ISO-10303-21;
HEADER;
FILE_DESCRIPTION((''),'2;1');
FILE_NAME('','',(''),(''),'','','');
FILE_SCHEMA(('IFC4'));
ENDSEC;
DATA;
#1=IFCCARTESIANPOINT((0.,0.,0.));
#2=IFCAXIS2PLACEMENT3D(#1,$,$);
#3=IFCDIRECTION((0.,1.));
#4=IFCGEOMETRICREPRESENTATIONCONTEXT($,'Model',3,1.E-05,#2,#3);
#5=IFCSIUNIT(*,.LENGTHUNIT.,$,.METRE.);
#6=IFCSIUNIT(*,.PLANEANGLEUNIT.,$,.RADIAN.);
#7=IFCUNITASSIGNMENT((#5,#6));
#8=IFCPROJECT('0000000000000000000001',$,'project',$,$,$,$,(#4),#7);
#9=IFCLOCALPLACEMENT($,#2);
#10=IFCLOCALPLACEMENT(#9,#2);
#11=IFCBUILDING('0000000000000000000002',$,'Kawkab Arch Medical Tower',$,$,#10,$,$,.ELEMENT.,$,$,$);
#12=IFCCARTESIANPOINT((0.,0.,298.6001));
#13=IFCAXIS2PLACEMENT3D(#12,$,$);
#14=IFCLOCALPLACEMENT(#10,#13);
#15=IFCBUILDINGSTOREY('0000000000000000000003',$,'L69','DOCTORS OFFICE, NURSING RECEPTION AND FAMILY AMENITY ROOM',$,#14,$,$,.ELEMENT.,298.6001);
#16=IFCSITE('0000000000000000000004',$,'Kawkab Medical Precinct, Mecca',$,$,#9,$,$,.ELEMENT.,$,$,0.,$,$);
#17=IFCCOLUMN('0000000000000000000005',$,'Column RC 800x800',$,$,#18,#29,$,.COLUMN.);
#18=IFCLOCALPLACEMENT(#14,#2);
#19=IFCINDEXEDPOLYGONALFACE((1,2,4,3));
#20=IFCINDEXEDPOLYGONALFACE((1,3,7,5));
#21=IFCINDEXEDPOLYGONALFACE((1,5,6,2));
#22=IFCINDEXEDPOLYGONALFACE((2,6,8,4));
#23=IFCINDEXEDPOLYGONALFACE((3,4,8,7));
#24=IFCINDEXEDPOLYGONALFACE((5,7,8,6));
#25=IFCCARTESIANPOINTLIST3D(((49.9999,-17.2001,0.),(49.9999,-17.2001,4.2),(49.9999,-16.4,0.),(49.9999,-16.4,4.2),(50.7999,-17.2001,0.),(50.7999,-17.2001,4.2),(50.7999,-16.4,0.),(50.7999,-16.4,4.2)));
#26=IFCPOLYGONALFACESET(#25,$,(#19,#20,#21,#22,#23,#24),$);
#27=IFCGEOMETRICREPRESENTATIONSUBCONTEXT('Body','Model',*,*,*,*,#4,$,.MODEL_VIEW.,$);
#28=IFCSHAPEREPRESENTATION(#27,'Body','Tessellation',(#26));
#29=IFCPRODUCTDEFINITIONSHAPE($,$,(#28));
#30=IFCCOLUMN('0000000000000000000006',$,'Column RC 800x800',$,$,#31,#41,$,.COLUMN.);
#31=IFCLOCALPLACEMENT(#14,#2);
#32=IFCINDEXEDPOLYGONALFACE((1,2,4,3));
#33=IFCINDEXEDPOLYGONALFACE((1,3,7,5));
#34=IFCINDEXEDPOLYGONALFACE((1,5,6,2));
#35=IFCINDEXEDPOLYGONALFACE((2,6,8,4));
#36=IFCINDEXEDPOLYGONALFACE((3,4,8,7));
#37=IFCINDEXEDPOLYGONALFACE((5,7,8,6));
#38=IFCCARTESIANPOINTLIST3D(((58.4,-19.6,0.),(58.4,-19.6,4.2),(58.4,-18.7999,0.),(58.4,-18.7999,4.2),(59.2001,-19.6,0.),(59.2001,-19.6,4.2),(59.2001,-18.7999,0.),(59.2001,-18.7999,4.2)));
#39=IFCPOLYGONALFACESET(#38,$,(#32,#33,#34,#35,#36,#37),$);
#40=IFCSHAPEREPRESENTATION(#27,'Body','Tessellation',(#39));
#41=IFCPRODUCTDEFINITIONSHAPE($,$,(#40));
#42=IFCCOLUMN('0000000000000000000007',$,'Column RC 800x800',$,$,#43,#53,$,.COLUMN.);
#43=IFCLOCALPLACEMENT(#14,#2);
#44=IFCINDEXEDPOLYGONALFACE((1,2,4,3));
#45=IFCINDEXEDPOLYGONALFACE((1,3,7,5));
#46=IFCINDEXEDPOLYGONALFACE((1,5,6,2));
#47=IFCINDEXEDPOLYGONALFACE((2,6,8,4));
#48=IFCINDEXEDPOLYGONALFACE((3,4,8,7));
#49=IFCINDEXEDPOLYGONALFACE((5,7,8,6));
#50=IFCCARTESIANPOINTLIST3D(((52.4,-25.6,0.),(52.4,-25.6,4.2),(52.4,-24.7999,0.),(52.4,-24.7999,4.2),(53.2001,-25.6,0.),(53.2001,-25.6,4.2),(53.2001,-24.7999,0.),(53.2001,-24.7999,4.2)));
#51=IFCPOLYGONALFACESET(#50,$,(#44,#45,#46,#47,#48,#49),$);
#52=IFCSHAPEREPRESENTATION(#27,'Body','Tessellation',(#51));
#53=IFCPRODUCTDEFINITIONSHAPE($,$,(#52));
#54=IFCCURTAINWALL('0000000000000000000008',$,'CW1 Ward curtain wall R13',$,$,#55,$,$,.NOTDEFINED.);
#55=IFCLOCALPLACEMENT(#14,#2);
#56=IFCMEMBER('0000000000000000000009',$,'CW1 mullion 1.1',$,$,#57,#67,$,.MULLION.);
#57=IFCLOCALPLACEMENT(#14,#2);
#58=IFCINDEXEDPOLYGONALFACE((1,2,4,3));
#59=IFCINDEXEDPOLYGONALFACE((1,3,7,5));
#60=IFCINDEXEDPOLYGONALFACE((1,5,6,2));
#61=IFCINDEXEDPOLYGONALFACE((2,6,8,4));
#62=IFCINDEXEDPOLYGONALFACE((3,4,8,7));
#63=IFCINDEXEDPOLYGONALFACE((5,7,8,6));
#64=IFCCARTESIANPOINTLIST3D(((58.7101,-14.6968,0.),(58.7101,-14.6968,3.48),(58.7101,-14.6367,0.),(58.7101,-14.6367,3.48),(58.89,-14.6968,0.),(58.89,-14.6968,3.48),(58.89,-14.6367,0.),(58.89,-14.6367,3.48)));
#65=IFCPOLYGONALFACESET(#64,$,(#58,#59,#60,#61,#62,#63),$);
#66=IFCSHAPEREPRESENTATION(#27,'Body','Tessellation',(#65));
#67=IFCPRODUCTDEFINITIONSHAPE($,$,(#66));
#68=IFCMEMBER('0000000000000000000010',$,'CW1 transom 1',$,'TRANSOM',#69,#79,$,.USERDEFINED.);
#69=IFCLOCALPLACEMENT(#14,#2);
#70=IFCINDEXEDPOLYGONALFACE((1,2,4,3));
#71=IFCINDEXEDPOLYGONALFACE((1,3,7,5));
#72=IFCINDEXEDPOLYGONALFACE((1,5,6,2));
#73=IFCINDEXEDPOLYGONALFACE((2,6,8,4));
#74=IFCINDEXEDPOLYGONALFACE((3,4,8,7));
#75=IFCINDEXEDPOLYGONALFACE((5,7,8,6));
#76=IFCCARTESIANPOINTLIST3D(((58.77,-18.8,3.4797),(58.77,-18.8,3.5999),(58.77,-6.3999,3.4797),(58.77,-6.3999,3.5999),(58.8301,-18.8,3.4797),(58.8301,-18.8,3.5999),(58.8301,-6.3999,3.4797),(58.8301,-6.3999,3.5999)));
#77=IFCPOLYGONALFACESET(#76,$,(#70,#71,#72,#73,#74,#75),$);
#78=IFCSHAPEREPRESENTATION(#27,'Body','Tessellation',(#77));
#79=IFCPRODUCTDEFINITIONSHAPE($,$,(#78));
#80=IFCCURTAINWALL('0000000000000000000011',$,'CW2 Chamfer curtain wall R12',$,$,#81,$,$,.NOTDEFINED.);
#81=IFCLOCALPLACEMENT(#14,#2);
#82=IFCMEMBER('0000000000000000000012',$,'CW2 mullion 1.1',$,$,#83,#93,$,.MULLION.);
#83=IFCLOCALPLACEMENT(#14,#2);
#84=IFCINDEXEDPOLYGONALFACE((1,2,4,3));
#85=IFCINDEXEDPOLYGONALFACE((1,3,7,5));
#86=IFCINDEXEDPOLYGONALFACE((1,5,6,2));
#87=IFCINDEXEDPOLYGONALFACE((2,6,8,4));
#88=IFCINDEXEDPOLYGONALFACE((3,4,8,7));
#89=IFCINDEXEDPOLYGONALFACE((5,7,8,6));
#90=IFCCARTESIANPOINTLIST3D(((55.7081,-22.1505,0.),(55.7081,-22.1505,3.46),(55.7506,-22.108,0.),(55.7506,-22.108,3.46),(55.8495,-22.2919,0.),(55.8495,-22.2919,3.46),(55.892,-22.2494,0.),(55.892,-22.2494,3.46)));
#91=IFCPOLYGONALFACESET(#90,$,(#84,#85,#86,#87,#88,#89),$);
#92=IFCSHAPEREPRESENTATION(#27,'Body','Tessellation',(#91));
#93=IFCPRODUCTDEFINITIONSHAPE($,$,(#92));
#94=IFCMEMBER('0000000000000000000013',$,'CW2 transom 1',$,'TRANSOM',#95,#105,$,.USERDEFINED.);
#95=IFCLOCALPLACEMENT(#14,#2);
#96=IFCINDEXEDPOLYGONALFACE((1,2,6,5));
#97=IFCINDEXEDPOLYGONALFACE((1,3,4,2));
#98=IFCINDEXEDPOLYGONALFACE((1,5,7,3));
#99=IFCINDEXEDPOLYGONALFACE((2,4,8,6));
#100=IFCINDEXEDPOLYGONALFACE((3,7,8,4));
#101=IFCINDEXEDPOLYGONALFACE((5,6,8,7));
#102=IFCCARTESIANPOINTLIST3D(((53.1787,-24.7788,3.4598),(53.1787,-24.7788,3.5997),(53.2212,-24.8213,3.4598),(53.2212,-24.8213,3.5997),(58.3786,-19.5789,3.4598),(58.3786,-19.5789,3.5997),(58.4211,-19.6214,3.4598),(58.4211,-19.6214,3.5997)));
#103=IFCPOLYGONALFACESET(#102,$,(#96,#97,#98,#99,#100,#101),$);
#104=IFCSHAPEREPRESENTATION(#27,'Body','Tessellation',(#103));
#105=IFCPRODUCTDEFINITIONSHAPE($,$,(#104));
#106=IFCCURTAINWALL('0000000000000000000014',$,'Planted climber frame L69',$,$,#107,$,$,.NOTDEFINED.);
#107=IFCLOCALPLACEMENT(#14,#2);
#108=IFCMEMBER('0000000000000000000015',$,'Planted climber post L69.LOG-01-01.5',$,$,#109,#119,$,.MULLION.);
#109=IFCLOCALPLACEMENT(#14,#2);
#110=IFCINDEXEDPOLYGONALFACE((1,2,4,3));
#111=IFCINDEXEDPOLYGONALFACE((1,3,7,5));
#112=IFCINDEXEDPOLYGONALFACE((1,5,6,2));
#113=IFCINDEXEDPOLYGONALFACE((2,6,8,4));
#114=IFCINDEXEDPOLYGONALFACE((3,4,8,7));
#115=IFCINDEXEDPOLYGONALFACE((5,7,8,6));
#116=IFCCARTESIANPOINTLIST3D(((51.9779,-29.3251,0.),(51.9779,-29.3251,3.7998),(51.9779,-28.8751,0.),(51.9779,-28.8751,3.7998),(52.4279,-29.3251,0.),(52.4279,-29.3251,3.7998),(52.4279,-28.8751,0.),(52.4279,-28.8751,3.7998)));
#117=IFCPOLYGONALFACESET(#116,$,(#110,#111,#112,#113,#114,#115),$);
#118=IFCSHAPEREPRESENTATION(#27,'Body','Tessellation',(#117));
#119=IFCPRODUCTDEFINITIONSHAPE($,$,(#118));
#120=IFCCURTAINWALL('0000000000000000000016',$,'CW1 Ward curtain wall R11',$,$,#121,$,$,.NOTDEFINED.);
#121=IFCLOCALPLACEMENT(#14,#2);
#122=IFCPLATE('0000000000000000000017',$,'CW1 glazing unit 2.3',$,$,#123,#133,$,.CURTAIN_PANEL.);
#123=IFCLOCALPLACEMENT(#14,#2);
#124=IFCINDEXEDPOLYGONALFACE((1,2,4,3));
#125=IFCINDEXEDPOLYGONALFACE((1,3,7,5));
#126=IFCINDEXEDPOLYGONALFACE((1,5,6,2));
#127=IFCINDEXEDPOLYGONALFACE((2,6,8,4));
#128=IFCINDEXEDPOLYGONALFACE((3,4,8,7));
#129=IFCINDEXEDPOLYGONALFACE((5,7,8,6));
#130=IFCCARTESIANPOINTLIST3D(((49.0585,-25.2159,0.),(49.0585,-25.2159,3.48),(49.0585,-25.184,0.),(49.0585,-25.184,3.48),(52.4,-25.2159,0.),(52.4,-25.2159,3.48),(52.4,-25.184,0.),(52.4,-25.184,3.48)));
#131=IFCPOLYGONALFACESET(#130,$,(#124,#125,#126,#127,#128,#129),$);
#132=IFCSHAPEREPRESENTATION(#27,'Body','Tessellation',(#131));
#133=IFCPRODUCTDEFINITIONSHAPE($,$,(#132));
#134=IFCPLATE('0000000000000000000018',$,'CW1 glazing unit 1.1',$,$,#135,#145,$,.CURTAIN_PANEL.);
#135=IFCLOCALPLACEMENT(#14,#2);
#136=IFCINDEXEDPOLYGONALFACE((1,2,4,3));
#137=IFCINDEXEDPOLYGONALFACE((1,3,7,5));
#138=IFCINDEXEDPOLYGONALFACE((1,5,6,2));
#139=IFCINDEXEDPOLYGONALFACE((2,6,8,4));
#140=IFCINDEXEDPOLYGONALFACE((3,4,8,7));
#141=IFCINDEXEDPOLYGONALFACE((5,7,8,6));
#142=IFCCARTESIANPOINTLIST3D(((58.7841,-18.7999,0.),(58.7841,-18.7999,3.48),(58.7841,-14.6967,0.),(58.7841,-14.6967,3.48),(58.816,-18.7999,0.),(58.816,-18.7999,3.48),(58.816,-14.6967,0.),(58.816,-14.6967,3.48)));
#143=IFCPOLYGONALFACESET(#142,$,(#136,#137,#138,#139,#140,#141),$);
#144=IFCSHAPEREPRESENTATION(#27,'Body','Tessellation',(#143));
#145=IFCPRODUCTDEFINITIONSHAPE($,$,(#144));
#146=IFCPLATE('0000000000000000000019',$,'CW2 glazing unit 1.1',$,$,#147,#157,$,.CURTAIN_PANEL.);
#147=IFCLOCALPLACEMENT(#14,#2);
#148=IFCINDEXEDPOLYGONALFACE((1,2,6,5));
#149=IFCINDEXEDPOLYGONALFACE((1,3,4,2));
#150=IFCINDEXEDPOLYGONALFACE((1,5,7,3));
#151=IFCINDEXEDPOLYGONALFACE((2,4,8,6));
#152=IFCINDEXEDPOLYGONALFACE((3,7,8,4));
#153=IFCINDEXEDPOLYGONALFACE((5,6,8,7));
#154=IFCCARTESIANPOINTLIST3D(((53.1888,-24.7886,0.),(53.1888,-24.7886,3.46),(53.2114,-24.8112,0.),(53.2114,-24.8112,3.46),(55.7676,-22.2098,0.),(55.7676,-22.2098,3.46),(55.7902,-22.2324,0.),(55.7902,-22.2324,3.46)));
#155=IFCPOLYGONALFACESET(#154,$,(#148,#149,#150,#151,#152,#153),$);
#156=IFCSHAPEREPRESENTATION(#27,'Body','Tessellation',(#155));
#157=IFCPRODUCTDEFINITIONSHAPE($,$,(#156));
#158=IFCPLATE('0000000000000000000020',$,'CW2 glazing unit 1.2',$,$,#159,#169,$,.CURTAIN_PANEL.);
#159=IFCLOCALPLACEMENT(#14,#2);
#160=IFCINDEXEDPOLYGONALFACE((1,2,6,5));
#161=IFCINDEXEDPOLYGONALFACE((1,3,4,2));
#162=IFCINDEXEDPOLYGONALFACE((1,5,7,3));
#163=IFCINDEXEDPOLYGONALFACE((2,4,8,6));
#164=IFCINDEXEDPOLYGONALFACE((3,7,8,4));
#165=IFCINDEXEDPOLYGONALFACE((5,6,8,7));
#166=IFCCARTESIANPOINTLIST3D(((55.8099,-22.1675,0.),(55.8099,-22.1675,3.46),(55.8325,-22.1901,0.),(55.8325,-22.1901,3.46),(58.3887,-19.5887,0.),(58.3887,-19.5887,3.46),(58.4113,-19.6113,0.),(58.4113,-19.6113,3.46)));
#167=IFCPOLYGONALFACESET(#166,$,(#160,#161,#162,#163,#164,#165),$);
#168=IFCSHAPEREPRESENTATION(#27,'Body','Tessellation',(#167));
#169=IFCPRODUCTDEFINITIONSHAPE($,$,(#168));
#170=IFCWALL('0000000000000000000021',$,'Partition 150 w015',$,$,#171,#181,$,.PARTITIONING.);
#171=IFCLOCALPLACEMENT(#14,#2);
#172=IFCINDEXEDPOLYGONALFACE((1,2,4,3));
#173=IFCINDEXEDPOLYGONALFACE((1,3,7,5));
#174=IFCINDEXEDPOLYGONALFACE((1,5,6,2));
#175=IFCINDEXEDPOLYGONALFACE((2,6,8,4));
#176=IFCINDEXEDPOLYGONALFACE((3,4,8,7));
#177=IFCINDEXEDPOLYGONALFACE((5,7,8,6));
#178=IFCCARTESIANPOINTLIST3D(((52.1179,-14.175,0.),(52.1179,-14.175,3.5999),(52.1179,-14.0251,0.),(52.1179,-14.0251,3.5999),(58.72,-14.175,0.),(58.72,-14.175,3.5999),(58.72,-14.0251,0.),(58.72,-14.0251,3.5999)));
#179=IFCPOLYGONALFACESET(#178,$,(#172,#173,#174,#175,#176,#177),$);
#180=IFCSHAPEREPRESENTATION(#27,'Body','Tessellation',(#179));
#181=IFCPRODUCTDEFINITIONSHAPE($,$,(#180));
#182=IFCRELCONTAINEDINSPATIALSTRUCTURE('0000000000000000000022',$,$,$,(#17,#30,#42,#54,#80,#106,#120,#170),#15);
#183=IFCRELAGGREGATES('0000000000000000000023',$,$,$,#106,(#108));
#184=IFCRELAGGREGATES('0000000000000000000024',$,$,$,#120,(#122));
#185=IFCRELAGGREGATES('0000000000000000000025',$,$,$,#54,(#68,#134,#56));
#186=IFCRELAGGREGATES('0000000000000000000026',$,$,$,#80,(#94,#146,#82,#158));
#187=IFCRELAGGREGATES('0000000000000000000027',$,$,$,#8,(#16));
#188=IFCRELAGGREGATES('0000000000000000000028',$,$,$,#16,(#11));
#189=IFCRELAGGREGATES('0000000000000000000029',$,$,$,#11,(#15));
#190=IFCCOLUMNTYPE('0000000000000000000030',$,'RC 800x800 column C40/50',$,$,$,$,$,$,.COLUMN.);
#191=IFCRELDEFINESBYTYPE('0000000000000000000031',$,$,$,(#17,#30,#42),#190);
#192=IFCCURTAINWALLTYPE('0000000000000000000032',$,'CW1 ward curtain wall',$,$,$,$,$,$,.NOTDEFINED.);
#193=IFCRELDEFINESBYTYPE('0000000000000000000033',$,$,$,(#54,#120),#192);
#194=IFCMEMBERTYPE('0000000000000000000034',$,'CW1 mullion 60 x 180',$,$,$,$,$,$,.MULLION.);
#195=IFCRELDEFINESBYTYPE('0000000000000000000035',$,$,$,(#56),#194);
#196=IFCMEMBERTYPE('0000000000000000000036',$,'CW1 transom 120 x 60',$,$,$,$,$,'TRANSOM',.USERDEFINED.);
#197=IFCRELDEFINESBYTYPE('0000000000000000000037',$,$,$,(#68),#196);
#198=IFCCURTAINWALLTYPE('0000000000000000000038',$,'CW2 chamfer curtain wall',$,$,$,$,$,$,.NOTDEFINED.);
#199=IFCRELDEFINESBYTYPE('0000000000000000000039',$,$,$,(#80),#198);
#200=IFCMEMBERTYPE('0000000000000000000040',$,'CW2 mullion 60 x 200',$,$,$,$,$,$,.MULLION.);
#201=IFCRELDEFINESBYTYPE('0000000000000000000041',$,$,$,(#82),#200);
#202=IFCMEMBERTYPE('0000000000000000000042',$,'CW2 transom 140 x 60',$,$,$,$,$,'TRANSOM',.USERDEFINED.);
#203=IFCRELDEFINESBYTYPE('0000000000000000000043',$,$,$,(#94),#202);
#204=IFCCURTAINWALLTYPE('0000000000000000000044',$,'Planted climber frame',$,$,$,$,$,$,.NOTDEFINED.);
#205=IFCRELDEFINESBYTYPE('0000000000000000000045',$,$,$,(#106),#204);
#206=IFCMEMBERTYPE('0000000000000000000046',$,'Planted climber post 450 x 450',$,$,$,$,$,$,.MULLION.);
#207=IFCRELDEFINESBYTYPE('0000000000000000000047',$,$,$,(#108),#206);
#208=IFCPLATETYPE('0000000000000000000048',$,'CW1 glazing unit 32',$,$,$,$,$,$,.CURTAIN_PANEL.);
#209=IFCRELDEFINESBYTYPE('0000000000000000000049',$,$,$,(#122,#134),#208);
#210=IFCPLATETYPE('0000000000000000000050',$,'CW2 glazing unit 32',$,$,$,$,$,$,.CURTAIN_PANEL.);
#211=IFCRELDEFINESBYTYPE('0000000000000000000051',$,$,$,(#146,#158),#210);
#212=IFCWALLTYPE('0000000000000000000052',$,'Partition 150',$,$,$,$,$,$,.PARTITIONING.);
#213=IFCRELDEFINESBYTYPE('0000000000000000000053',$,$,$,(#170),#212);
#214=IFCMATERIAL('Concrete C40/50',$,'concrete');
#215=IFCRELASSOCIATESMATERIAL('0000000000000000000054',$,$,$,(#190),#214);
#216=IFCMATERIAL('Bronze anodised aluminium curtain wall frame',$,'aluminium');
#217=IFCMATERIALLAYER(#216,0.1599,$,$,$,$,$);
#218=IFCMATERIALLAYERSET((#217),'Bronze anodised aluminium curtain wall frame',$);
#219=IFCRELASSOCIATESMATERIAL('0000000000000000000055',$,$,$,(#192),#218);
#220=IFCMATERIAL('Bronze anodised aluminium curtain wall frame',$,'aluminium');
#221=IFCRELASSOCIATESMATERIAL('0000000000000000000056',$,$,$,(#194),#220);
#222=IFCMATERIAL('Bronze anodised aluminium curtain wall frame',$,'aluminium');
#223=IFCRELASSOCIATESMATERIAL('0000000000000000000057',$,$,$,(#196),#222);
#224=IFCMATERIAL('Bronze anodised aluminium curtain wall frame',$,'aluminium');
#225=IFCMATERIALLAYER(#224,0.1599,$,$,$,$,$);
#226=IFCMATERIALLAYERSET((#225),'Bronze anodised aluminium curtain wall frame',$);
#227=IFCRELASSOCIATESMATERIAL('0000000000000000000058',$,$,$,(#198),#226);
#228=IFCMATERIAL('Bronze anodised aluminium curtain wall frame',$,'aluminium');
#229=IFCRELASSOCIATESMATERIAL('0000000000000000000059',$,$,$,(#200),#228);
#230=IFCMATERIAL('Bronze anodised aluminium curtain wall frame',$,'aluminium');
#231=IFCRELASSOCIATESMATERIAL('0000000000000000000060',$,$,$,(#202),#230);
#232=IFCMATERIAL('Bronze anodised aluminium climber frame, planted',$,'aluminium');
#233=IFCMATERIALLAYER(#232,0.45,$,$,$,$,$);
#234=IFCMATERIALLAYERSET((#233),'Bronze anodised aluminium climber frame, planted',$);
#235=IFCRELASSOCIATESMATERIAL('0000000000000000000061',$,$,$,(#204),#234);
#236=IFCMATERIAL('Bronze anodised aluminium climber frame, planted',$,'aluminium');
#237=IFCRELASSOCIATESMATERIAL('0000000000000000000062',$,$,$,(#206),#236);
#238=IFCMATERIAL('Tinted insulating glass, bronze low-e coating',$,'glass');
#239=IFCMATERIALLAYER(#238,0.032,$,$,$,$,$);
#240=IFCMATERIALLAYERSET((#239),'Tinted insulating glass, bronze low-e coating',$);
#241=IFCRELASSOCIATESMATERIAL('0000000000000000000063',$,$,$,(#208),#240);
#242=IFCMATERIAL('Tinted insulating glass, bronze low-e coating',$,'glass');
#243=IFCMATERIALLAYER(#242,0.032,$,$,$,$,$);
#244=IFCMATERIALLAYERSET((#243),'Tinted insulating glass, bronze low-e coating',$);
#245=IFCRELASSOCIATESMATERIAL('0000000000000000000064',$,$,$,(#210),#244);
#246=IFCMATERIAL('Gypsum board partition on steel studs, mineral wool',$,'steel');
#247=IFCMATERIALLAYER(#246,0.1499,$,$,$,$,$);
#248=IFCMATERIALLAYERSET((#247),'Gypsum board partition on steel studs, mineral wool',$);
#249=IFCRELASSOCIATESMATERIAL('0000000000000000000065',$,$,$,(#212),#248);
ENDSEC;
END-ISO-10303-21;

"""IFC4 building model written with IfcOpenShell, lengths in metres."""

from ifc_helpers import new_model, si_unit, direction, frame, frame_2d, origin, origin_2d, place, context, subcontext, project, spatial, rectangle, extrude, material, layer, layer_set, material_profile, profile_set, type_object, element, aggregate, save


model = new_model("IFC4")

# Units and contexts
model_context = context("Model", 3, precision=1e-05, world=origin(), true_north=direction((0.0, 1.0)))
body_context = subcontext(model_context, "Body", "Model", "MODEL_VIEW")
ifc_project = project(units=[si_unit("LENGTHUNIT", "METRE"), si_unit("PLANEANGLEUNIT", "RADIAN")], contexts=[model_context])

# Site, building, storey
site_placement = place(None, origin())
site = spatial("IfcSite", under=ifc_project, at=site_placement, Name="Kawkab Medical Precinct, Mecca", CompositionType="ELEMENT", RefElevation=0.0)
building_placement = place(site_placement, origin())
building = spatial("IfcBuilding", under=site, at=building_placement, Name="Kawkab Arch Medical Tower", CompositionType="ELEMENT")
storey_placement = place(building_placement, frame((0.0, 0.0, 298.6001)))
storey = spatial("IfcBuildingStorey", under=building, at=storey_placement, Name="L69", Description="DOCTORS OFFICE, NURSING RECEPTION AND FAMILY AMENITY ROOM", CompositionType="ELEMENT", Elevation=298.6001)

# Columns
ifc_material_1 = material(Name="Concrete C40/50", Category="concrete")
ifc_material_profile_1 = material_profile(ifc_material_1, rectangle(XDim=0.8, YDim=0.8, at=origin_2d()), Name="RC 800x800")
ifc_profile_set_1 = profile_set([ifc_material_profile_1], Name="Concrete C40/50")
column_type = type_object("IfcColumnType", Name="RC 800x800 column C40/50", PredefinedType="COLUMN", material=ifc_profile_set_1)
for number, where, z_axis, x_axis, name in (
    (1, (50.3999, -16.8, 0.0), (0.0, 0.0, 1.0), (1.0, 0.0, 0.0), "Column RC 800x800"),
    (2, (58.8, -19.2, 0.0), (0.0, 0.0, 1.0), (1.0, 0.0, 0.0), "Column RC 800x800"),
    (3, (52.8, -25.2, 0.0), (0.0, 0.0, 1.0), (1.0, 0.0, 0.0), "Column RC 800x800"),
):
    element("IfcColumn", number, at=place(storey_placement, frame(where, z_axis=z_axis, x_axis=x_axis)), inside=storey, type_object=column_type, Name=name, PredefinedType="COLUMN", context=body_context, shape_type="SweptSolid", body=[
        extrude(rectangle(XDim=0.8, YDim=0.8, at=origin_2d()), origin(), (0.0, 0.0, 1.0), 4.2),
    ])

# Curtain walls, members
ifc_material_2 = material(Name="Bronze anodised aluminium curtain wall frame", Category="aluminium")
ifc_layer_1 = layer(ifc_material_2, 0.1599)
ifc_layer_set_1 = layer_set([ifc_layer_1], Name="Bronze anodised aluminium curtain wall frame")
curtain_wall_type_1 = type_object("IfcCurtainWallType", Name="CW1 ward curtain wall", PredefinedType="NOTDEFINED", material=ifc_layer_set_1)
placement = place(storey_placement, origin())
curtain_wall_1 = element("IfcCurtainWall", 4, at=placement, inside=storey, type_object=curtain_wall_type_1, Name="CW1 Ward curtain wall R13", PredefinedType="NOTDEFINED")
ifc_material_3 = material(Name="Bronze anodised aluminium curtain wall frame", Category="aluminium")
ifc_material_profile_2 = material_profile(ifc_material_3, rectangle(XDim=0.1799, YDim=0.0601, at=origin_2d()), Name="AL 60x180")
ifc_profile_set_2 = profile_set([ifc_material_profile_2], Name="Bronze anodised aluminium curtain wall frame")
member_type_1 = type_object("IfcMemberType", Name="CW1 mullion 60 x 180", PredefinedType="MULLION", material=ifc_profile_set_2)
member_1_placement = place(storey_placement, frame((58.8, -14.6667, 0.0), z_axis=(0.0, 0.0, 1.0), x_axis=(-1.0, 0.0, 0.0)))
member_1 = element("IfcMember", 5, at=member_1_placement, type_object=member_type_1, Name="CW1 mullion 1.1", PredefinedType="MULLION", context=body_context, shape_type="SweptSolid", body=[
    extrude(rectangle(XDim=0.1799, YDim=0.0601, at=origin_2d()), origin(), (0.0, 0.0, 1.0), 3.48),
])
ifc_material_4 = material(Name="Bronze anodised aluminium curtain wall frame", Category="aluminium")
ifc_material_profile_3 = material_profile(ifc_material_4, rectangle(XDim=0.0601, YDim=0.1201, at=origin_2d()), Name="AL 60x120")
ifc_profile_set_3 = profile_set([ifc_material_profile_3], Name="Bronze anodised aluminium curtain wall frame")
member_type_2 = type_object("IfcMemberType", Name="CW1 transom 120 x 60", ElementType="TRANSOM", PredefinedType="USERDEFINED", material=ifc_profile_set_3)
member_2_placement = place(storey_placement, frame((58.8, -18.8, 3.5398), z_axis=(0.0, 1.0, 0.0), x_axis=(-1.0, 0.0, 0.0)))
member_2 = element("IfcMember", 6, at=member_2_placement, type_object=member_type_2, Name="CW1 transom 1", ObjectType="TRANSOM", PredefinedType="USERDEFINED", context=body_context, shape_type="SweptSolid", body=[
    extrude(rectangle(XDim=0.0601, YDim=0.1201, at=origin_2d()), origin(), (0.0, 0.0, 1.0), 12.4001),
])
ifc_material_5 = material(Name="Bronze anodised aluminium curtain wall frame", Category="aluminium")
ifc_layer_2 = layer(ifc_material_5, 0.1599)
ifc_layer_set_2 = layer_set([ifc_layer_2], Name="Bronze anodised aluminium curtain wall frame")
curtain_wall_type_2 = type_object("IfcCurtainWallType", Name="CW2 chamfer curtain wall", PredefinedType="NOTDEFINED", material=ifc_layer_set_2)
curtain_wall_2 = element("IfcCurtainWall", 7, at=placement, inside=storey, type_object=curtain_wall_type_2, Name="CW2 Chamfer curtain wall R12", PredefinedType="NOTDEFINED")
ifc_material_6 = material(Name="Bronze anodised aluminium curtain wall frame", Category="aluminium")
ifc_material_profile_4 = material_profile(ifc_material_6, rectangle(XDim=0.2, YDim=0.0601, at=origin_2d()), Name="AL 60x200")
ifc_profile_set_4 = profile_set([ifc_material_profile_4], Name="Bronze anodised aluminium curtain wall frame")
member_type_3 = type_object("IfcMemberType", Name="CW2 mullion 60 x 200", PredefinedType="MULLION", material=ifc_profile_set_4)
member_3_placement = place(storey_placement, frame((55.8, -22.2, 0.0), z_axis=(0.0, 0.0, 1.0), x_axis=(-0.707107, 0.707107, 0.0)))
member_3 = element("IfcMember", 8, at=member_3_placement, type_object=member_type_3, Name="CW2 mullion 1.1", PredefinedType="MULLION", context=body_context, shape_type="SweptSolid", body=[
    extrude(rectangle(XDim=0.2, YDim=0.0601, at=origin_2d()), origin(), (0.0, 0.0, 1.0), 3.46),
])
ifc_material_7 = material(Name="Bronze anodised aluminium curtain wall frame", Category="aluminium")
ifc_material_profile_5 = material_profile(ifc_material_7, rectangle(XDim=0.0601, YDim=0.1399, at=origin_2d()), Name="AL 60x140")
ifc_profile_set_5 = profile_set([ifc_material_profile_5], Name="Bronze anodised aluminium curtain wall frame")
member_type_4 = type_object("IfcMemberType", Name="CW2 transom 140 x 60", ElementType="TRANSOM", PredefinedType="USERDEFINED", material=ifc_profile_set_5)
member_4_placement = place(storey_placement, frame((53.2, -24.8, 3.5298), z_axis=(0.707107, 0.707107, 0.0), x_axis=(-0.707107, 0.707107, 0.0)))
member_4 = element("IfcMember", 9, at=member_4_placement, type_object=member_type_4, Name="CW2 transom 1", ObjectType="TRANSOM", PredefinedType="USERDEFINED", context=body_context, shape_type="SweptSolid", body=[
    extrude(rectangle(XDim=0.0601, YDim=0.1399, at=origin_2d()), origin(), (0.0, 0.0, 1.0), 7.3538),
])

# Curtain wall, member
ifc_material_8 = material(Name="Bronze anodised aluminium climber frame, planted", Category="aluminium")
ifc_layer_3 = layer(ifc_material_8, 0.45)
ifc_layer_set_3 = layer_set([ifc_layer_3], Name="Bronze anodised aluminium climber frame, planted")
curtain_wall_type_3 = type_object("IfcCurtainWallType", Name="Planted climber frame", PredefinedType="NOTDEFINED", material=ifc_layer_set_3)
curtain_wall_3 = element("IfcCurtainWall", 10, at=placement, inside=storey, type_object=curtain_wall_type_3, Name="Planted climber frame L69", PredefinedType="NOTDEFINED")
ifc_material_9 = material(Name="Bronze anodised aluminium climber frame, planted", Category="aluminium")
ifc_material_profile_6 = material_profile(ifc_material_9, rectangle(XDim=0.45, YDim=0.45, at=origin_2d()), Name="Post 450x450")
ifc_profile_set_6 = profile_set([ifc_material_profile_6], Name="Bronze anodised aluminium climber frame, planted")
member_type_5 = type_object("IfcMemberType", Name="Planted climber post 450 x 450", PredefinedType="MULLION", material=ifc_profile_set_6)
member_5_placement = place(storey_placement, frame((52.2029, -29.1001, 0.0), z_axis=(0.0, 0.0, 1.0), x_axis=(1.0, 0.0, 0.0)))
member_5 = element("IfcMember", 11, at=member_5_placement, type_object=member_type_5, Name="Planted climber post L69.LOG-01-01.5", PredefinedType="MULLION", context=body_context, shape_type="SweptSolid", body=[
    extrude(rectangle(XDim=0.45, YDim=0.45, at=origin_2d()), origin(), (0.0, 0.0, 1.0), 3.7998),
])
aggregate(curtain_wall_3, [member_5])

# Curtain wall, plate
curtain_wall_4 = element("IfcCurtainWall", 12, at=placement, inside=storey, type_object=curtain_wall_type_1, Name="CW1 Ward curtain wall R11", PredefinedType="NOTDEFINED")
ifc_material_10 = material(Name="Tinted insulating glass, bronze low-e coating", Category="glass")
ifc_layer_4 = layer(ifc_material_10, 0.032)
ifc_layer_set_4 = layer_set([ifc_layer_4], Name="Tinted insulating glass, bronze low-e coating")
plate_type_1 = type_object("IfcPlateType", Name="CW1 glazing unit 32", PredefinedType="CURTAIN_PANEL", material=ifc_layer_set_4)
plate_1_placement = place(storey_placement, frame((50.7292, -25.2, 0.0), z_axis=(0.0, 0.0, 1.0), x_axis=(1.0, 0.0, 0.0)))
plate_1 = element("IfcPlate", 13, at=plate_1_placement, type_object=plate_type_1, Name="CW1 glazing unit 2.3", PredefinedType="CURTAIN_PANEL", context=body_context, shape_type="SweptSolid", body=[
    extrude(rectangle(XDim=3.3416, YDim=0.032, at=origin_2d()), origin(), (0.0, 0.0, 1.0), 3.48),
])
aggregate(curtain_wall_4, [plate_1])

# Plates
plate_2_placement = place(storey_placement, frame((58.8, -16.7483, 0.0), z_axis=(0.0, 0.0, 1.0), x_axis=(0.0, 1.0, 0.0)))
plate_2 = element("IfcPlate", 14, at=plate_2_placement, type_object=plate_type_1, Name="CW1 glazing unit 1.1", PredefinedType="CURTAIN_PANEL", context=body_context, shape_type="SweptSolid", body=[
    extrude(rectangle(XDim=4.1033, YDim=0.032, at=origin_2d()), origin(), (0.0, 0.0, 1.0), 3.48),
])
aggregate(curtain_wall_1, [member_2, plate_2, member_1])
ifc_material_11 = material(Name="Tinted insulating glass, bronze low-e coating", Category="glass")
ifc_layer_5 = layer(ifc_material_11, 0.032)
ifc_layer_set_5 = layer_set([ifc_layer_5], Name="Tinted insulating glass, bronze low-e coating")
plate_type_2 = type_object("IfcPlateType", Name="CW2 glazing unit 32", PredefinedType="CURTAIN_PANEL", material=ifc_layer_set_5)
plate_3_placement = place(storey_placement, frame((54.4895, -23.5105, 0.0), z_axis=(0.0, 0.0, 1.0), x_axis=(0.707107, 0.707107, 0.0)))
plate_3 = element("IfcPlate", 15, at=plate_3_placement, type_object=plate_type_2, Name="CW2 glazing unit 1.1", PredefinedType="CURTAIN_PANEL", context=body_context, shape_type="SweptSolid", body=[
    extrude(rectangle(XDim=3.647, YDim=0.032, at=origin_2d()), origin(), (0.0, 0.0, 1.0), 3.46),
])
plate_4_placement = place(storey_placement, frame((57.1106, -20.8894, 0.0), z_axis=(0.0, 0.0, 1.0), x_axis=(0.707107, 0.707107, 0.0)))
plate_4 = element("IfcPlate", 16, at=plate_4_placement, type_object=plate_type_2, Name="CW2 glazing unit 1.2", PredefinedType="CURTAIN_PANEL", context=body_context, shape_type="SweptSolid", body=[
    extrude(rectangle(XDim=3.647, YDim=0.032, at=origin_2d()), origin(), (0.0, 0.0, 1.0), 3.46),
])
aggregate(curtain_wall_2, [member_4, plate_3, member_3, plate_4])

# Wall
ifc_material_12 = material(Name="Gypsum board partition on steel studs, mineral wool", Category="steel")
ifc_layer_6 = layer(ifc_material_12, 0.1499)
ifc_layer_set_6 = layer_set([ifc_layer_6], Name="Gypsum board partition on steel studs, mineral wool")
wall_type = type_object("IfcWallType", Name="Partition 150", PredefinedType="PARTITIONING", material=ifc_layer_set_6)
wall_1_placement = place(storey_placement, frame((52.1179, -14.1001, 0.0), z_axis=(0.0, 0.0, 1.0), x_axis=(1.0, 0.0, 0.0)))
element("IfcWall", 17, at=wall_1_placement, inside=storey, type_object=wall_type, Name="Partition 150 w015", PredefinedType="PARTITIONING", context=body_context, shape_type="SweptSolid", body=[
    extrude(rectangle(XDim=6.6021, YDim=0.1499, at=frame_2d((3.301, 0.0))), origin(), (0.0, 0.0, 1.0), 3.5999),
])

save(model, "model.ifc")
